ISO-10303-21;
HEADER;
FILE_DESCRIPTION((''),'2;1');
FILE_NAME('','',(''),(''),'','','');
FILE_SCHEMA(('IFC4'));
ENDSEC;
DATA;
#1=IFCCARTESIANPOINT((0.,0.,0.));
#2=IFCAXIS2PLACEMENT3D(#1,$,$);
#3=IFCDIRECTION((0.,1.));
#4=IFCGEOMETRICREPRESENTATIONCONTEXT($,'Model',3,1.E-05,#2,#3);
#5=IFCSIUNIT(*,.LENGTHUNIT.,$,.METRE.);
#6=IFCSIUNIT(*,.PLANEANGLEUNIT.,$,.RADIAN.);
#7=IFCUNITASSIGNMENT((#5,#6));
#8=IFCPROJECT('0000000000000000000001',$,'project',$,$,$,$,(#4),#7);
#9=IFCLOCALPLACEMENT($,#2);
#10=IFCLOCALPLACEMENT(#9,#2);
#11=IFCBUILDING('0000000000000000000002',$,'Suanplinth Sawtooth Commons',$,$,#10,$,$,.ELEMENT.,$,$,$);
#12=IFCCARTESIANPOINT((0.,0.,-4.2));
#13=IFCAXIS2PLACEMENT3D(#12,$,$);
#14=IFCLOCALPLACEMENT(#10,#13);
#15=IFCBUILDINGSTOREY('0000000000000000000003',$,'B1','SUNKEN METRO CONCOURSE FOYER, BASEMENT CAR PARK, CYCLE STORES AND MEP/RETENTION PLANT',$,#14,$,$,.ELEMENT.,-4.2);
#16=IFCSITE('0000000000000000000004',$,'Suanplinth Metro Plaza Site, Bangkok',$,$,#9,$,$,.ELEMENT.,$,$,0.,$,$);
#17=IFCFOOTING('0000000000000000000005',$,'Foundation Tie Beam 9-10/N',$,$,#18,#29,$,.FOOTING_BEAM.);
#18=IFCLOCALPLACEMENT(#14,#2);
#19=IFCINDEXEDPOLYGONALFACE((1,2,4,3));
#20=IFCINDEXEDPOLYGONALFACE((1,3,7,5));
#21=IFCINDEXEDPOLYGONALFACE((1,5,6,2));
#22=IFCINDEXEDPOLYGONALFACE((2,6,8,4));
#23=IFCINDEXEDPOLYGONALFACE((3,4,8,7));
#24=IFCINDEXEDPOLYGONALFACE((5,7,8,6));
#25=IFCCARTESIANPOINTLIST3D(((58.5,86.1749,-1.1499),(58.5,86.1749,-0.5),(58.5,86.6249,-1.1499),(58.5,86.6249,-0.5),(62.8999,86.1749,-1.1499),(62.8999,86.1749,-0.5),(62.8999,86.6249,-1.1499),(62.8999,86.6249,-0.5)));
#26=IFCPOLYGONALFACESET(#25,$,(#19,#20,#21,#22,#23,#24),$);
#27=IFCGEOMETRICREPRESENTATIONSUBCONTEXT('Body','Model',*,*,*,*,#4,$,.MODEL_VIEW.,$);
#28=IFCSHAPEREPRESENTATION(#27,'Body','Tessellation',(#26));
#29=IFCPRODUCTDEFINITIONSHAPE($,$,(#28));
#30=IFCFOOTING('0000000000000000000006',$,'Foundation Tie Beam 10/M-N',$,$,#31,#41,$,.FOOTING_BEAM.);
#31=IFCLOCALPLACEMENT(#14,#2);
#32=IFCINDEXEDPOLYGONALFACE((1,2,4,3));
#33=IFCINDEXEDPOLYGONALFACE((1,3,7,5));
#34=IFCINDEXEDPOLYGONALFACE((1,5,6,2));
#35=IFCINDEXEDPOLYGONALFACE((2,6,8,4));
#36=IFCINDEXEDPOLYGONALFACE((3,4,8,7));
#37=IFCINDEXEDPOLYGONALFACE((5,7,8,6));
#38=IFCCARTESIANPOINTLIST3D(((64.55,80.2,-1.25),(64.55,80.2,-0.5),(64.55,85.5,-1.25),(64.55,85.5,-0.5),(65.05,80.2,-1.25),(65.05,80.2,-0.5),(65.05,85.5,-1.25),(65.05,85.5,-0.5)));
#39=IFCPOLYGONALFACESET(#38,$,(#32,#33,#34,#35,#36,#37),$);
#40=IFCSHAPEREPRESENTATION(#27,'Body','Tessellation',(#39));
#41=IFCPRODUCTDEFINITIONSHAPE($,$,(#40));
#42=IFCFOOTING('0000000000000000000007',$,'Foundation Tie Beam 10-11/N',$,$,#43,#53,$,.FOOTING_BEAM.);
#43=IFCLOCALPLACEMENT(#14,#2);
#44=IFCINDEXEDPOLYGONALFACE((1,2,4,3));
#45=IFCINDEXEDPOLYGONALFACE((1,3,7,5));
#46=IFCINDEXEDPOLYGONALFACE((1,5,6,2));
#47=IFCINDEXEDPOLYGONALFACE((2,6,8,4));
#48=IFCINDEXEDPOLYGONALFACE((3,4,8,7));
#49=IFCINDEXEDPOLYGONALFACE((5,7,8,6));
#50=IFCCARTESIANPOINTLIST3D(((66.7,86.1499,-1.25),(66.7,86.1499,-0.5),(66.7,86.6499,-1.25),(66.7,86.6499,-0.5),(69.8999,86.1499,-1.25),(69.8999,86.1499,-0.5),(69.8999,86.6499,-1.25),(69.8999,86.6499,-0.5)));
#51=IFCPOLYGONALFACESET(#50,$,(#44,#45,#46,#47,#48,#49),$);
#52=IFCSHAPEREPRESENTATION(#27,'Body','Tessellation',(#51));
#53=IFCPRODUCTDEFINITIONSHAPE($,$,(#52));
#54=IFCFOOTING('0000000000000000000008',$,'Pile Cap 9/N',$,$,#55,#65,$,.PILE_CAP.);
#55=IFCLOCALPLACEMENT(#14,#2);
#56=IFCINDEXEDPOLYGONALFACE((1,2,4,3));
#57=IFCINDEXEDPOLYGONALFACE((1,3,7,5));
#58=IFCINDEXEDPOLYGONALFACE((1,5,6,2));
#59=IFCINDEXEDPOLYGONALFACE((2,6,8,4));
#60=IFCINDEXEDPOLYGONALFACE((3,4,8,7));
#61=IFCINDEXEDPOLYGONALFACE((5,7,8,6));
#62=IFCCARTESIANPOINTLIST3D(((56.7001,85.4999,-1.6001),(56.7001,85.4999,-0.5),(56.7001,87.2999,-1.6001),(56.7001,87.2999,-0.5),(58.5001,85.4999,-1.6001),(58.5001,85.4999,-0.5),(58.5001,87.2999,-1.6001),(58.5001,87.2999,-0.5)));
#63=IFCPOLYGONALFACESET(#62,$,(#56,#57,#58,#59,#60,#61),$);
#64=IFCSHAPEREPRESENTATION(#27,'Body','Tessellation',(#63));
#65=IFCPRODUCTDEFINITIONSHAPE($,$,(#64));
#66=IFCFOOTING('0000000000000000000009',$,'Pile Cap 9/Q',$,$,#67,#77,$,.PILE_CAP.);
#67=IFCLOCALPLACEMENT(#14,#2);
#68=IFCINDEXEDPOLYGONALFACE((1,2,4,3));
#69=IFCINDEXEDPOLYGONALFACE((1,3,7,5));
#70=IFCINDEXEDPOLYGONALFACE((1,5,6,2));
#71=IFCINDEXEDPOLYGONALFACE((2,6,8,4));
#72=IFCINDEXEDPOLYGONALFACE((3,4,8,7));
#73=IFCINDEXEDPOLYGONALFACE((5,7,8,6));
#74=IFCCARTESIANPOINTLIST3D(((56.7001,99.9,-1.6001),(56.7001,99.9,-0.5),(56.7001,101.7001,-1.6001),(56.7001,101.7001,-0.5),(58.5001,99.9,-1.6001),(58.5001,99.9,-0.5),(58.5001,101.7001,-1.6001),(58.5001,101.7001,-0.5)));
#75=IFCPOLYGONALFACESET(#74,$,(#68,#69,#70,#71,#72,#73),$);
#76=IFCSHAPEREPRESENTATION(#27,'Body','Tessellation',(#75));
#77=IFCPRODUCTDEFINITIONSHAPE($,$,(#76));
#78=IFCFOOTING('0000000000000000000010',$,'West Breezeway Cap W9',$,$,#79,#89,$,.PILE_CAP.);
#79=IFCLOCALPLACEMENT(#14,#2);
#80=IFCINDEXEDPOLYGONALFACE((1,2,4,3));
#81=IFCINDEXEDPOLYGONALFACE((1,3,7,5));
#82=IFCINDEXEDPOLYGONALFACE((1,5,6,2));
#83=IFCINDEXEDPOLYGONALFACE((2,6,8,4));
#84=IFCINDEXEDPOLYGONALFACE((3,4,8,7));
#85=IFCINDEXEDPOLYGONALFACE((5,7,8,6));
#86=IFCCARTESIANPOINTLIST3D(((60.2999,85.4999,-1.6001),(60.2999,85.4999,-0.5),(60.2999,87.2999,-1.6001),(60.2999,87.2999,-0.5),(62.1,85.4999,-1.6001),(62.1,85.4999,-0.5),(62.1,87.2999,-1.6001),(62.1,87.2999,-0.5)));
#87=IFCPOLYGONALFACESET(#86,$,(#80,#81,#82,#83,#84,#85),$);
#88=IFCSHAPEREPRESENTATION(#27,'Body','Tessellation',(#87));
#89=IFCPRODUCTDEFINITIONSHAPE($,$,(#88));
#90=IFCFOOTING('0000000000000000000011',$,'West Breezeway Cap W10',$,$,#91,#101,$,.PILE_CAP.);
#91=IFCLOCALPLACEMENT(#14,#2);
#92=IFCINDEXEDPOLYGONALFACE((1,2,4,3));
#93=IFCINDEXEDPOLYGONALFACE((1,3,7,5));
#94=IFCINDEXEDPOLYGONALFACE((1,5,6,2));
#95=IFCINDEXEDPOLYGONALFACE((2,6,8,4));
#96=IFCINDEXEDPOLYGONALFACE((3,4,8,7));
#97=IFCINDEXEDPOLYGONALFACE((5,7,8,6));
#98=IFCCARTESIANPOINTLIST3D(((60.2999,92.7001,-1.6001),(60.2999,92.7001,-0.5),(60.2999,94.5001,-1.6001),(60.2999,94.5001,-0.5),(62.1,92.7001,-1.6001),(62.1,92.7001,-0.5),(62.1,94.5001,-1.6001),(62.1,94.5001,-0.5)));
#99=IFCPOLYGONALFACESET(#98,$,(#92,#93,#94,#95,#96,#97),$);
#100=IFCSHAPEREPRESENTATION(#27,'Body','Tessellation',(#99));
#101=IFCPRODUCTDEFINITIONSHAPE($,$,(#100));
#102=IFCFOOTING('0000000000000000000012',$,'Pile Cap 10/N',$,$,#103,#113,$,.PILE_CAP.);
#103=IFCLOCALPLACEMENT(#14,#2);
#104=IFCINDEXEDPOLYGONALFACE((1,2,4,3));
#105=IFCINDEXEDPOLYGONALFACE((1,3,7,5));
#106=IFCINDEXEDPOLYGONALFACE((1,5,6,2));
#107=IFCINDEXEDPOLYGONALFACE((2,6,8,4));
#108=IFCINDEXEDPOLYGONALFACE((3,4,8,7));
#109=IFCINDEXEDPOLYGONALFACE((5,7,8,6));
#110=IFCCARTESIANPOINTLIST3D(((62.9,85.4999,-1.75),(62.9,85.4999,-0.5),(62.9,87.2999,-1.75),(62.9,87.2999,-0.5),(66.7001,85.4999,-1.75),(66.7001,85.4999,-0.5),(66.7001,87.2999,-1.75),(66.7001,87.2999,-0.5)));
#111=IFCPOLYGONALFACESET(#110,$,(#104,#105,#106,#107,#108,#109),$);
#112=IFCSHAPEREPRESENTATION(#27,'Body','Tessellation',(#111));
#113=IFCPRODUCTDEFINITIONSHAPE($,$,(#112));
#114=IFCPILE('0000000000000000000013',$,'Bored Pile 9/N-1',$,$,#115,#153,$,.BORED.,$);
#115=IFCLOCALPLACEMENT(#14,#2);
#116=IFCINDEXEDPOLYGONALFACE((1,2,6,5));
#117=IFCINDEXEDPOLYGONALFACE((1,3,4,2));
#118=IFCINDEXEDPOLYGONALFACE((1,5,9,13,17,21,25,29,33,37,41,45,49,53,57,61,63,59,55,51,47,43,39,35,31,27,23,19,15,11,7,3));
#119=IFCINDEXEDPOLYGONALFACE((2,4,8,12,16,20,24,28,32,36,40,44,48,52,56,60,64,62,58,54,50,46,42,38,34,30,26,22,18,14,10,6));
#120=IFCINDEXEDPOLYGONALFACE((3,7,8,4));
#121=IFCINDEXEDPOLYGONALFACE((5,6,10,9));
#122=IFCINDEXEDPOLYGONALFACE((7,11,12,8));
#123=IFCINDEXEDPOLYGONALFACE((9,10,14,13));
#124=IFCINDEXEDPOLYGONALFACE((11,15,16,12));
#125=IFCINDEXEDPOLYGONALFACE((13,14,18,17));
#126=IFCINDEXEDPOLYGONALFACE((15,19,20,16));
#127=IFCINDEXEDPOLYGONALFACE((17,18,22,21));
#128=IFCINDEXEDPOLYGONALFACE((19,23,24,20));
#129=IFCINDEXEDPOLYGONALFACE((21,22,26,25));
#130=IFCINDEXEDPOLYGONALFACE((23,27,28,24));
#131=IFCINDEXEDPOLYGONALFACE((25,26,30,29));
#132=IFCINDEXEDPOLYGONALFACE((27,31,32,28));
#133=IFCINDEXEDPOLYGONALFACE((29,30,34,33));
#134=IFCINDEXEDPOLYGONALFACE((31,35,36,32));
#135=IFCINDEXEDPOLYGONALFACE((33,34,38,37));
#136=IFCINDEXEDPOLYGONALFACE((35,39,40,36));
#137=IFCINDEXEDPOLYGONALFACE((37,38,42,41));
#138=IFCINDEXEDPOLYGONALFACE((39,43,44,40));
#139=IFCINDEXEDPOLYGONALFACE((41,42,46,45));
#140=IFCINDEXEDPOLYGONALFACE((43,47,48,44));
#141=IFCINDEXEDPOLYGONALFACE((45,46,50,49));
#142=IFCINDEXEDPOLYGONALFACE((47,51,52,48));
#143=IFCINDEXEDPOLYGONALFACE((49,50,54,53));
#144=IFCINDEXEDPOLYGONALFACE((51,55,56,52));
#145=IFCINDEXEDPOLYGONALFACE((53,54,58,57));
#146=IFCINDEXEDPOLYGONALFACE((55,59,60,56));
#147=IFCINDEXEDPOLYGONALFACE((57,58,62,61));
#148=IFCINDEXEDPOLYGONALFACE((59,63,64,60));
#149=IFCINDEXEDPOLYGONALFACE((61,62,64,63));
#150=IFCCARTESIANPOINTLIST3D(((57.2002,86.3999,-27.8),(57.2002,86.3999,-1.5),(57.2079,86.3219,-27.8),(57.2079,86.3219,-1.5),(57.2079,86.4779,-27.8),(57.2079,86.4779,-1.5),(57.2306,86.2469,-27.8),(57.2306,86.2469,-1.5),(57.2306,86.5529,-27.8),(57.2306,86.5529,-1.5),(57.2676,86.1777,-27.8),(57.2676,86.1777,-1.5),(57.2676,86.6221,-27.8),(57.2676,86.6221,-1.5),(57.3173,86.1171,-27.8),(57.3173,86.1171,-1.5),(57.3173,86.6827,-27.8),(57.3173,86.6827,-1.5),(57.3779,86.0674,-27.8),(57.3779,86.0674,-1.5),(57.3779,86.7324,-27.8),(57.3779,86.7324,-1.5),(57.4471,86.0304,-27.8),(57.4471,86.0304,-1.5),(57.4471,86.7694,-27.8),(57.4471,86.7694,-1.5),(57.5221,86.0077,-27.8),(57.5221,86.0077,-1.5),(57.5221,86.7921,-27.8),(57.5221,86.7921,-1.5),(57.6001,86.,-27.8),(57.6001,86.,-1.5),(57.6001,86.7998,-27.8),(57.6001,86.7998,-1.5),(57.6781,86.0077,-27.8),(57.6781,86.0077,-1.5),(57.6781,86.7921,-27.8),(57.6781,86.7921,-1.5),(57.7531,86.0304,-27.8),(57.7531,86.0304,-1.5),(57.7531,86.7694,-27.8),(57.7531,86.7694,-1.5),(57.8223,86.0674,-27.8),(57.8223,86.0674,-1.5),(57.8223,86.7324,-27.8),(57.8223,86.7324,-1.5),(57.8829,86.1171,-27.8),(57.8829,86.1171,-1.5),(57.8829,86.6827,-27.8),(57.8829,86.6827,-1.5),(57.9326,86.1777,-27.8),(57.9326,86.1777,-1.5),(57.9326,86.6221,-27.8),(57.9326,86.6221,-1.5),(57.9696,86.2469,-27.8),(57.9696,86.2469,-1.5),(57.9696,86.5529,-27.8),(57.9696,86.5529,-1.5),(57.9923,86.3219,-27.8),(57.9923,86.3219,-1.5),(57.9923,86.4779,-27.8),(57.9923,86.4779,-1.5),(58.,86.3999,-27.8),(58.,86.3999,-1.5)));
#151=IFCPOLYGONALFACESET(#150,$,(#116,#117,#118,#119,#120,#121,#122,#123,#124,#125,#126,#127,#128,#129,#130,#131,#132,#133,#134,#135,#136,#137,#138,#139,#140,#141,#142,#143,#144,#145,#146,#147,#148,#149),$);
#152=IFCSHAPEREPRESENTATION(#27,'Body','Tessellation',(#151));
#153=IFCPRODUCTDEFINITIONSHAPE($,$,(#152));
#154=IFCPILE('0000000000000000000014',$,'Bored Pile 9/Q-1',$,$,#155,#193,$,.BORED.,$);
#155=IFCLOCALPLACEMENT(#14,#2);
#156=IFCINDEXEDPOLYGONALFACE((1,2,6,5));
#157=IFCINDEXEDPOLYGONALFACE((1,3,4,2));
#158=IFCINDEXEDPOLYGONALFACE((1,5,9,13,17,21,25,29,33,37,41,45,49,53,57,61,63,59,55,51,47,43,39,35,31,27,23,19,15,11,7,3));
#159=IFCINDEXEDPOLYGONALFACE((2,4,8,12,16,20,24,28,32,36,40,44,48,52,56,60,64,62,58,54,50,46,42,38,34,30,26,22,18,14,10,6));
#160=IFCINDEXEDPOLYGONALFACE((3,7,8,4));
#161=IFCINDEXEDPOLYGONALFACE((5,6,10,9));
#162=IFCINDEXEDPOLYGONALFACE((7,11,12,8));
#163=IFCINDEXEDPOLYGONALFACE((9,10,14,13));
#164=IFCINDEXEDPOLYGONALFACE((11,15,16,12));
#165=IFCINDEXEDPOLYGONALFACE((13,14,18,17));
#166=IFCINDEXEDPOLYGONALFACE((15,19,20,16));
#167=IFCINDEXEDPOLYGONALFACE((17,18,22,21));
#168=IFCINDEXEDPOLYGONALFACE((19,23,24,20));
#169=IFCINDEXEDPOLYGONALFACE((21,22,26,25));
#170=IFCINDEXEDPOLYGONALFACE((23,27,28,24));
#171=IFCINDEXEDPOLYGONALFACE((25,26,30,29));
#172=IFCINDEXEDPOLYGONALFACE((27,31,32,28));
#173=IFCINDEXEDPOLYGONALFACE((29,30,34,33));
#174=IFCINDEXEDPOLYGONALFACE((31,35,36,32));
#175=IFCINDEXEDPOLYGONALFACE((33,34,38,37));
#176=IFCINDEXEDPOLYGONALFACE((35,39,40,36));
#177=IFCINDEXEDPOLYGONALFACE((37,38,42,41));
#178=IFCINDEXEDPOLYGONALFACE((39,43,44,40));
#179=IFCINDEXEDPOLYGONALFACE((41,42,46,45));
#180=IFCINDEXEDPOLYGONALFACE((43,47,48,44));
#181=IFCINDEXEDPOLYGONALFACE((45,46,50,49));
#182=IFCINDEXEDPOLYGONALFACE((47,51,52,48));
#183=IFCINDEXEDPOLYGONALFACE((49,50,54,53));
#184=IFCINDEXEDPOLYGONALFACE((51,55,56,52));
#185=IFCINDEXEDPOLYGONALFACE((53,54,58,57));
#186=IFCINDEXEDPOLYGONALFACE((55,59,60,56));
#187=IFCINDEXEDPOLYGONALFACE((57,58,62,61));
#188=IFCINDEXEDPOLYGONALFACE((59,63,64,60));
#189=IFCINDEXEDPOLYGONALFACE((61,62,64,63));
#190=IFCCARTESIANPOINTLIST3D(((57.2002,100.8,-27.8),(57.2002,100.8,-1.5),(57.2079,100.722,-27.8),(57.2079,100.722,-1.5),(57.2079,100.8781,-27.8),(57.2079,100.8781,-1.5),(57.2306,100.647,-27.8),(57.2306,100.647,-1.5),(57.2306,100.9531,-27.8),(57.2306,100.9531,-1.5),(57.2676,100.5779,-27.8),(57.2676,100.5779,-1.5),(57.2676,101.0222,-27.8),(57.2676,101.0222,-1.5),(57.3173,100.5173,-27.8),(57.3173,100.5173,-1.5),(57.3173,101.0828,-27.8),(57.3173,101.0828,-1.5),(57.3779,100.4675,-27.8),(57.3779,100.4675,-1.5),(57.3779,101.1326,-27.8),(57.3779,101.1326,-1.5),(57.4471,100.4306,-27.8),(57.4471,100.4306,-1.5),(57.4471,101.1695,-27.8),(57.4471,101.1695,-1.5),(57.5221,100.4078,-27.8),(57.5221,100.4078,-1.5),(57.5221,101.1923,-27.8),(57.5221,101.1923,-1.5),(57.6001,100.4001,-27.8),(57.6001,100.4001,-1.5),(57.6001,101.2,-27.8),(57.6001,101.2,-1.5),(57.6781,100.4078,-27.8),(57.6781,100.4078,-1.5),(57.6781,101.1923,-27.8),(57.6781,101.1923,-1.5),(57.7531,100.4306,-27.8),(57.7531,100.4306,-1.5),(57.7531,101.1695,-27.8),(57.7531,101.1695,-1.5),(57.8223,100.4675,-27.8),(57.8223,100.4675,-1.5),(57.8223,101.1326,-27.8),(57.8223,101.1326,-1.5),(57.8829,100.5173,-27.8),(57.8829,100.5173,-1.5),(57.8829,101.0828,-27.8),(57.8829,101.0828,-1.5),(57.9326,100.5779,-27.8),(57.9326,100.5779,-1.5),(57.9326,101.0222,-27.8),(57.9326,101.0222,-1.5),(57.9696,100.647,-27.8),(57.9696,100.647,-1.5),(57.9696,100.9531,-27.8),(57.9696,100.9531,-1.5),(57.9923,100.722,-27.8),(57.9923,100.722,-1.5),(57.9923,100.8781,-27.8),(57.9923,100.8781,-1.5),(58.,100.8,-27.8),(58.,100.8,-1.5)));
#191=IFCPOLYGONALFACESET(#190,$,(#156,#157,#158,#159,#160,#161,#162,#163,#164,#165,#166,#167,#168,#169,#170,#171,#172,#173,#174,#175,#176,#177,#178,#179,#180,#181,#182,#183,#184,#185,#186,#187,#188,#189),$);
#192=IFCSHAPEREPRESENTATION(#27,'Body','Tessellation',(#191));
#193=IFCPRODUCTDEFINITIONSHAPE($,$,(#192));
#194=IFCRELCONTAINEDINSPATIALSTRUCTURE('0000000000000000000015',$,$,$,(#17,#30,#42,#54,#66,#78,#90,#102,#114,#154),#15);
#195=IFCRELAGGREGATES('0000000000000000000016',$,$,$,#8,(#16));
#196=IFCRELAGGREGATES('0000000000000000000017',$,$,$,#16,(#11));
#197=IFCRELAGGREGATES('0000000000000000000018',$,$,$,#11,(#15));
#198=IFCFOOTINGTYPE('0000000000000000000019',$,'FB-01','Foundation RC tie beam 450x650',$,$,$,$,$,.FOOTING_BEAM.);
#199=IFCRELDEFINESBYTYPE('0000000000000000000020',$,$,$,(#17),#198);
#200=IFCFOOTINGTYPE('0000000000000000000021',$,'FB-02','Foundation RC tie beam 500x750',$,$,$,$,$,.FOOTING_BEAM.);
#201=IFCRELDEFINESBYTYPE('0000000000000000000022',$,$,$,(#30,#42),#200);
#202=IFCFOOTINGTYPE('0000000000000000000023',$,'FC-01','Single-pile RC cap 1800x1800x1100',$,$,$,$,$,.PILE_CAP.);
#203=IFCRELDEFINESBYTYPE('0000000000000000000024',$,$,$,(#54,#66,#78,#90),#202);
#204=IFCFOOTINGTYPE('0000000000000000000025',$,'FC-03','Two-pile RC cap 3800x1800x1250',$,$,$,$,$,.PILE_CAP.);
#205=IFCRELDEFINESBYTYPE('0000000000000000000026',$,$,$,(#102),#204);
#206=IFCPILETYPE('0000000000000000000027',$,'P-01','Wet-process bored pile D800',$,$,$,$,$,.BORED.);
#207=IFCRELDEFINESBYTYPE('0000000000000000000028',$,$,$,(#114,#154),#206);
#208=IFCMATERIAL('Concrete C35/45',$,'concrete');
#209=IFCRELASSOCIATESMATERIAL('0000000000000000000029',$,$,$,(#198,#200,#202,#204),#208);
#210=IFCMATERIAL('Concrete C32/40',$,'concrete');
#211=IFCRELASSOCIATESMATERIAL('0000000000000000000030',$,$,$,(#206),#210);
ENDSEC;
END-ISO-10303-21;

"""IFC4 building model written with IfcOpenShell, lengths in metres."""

from ifc_helpers import new_model, si_unit, direction, frame, origin, origin_2d, place, context, subcontext, project, spatial, rectangle, circle, extrude, material, material_profile, profile_set, type_object, element, save


model = new_model("IFC4")

# Units and contexts
model_context = context("Model", 3, precision=1e-05, world=origin(), true_north=direction((0.0, 1.0)))
body_context = subcontext(model_context, "Body", "Model", "MODEL_VIEW")
ifc_project = project(units=[si_unit("LENGTHUNIT", "METRE"), si_unit("PLANEANGLEUNIT", "RADIAN")], contexts=[model_context])

# Site, building, storey
site_placement = place(None, origin())
site = spatial("IfcSite", under=ifc_project, at=site_placement, Name="Suanplinth Metro Plaza Site, Bangkok", CompositionType="ELEMENT", RefElevation=0.0)
building_placement = place(site_placement, origin())
building = spatial("IfcBuilding", under=site, at=building_placement, Name="Suanplinth Sawtooth Commons", CompositionType="ELEMENT")
storey_placement = place(building_placement, frame((0.0, 0.0, -4.2)))
storey = spatial("IfcBuildingStorey", under=building, at=storey_placement, Name="B1", Description="SUNKEN METRO CONCOURSE FOYER, BASEMENT CAR PARK, CYCLE STORES AND MEP/RETENTION PLANT", CompositionType="ELEMENT", Elevation=-4.2)

# Footings
ifc_material_1 = material(Name="Concrete C35/45", Category="concrete")
ifc_material_profile_1 = material_profile(ifc_material_1, rectangle(XDim=0.45, YDim=0.6499, at=origin_2d()), Name="PC-GDR 450x650")
ifc_profile_set_1 = profile_set([ifc_material_profile_1], Name="Concrete C35/45")
footing_type_1 = type_object("IfcFootingType", Name="FB-01", Description="Foundation RC tie beam 450x650", PredefinedType="FOOTING_BEAM", material=ifc_profile_set_1)
footing_1_placement = place(storey_placement, frame((58.5, 86.3999, -0.825), z_axis=(1.0, 0.0, 0.0), x_axis=(0.0, 1.0, 0.0)))
element("IfcFooting", 1, at=footing_1_placement, inside=storey, type_object=footing_type_1, Name="Foundation Tie Beam 9-10/N", PredefinedType="FOOTING_BEAM", context=body_context, shape_type="SweptSolid", body=[
    extrude(rectangle(XDim=0.45, YDim=0.6499, at=origin_2d()), origin(), (0.0, 0.0, 1.0), 4.3999),
])
ifc_material_profile_2 = material_profile(ifc_material_1, rectangle(XDim=0.5, YDim=0.75, at=origin_2d()), Name="RC-GDR 500x750")
ifc_profile_set_2 = profile_set([ifc_material_profile_2], Name="Concrete C35/45")
footing_type_2 = type_object("IfcFootingType", Name="FB-02", Description="Foundation RC tie beam 500x750", PredefinedType="FOOTING_BEAM", material=ifc_profile_set_2)
footing_2_placement = place(storey_placement, frame((64.8, 80.2, -0.875), z_axis=(0.0, 1.0, 0.0), x_axis=(-1.0, 0.0, 0.0)))
element("IfcFooting", 2, at=footing_2_placement, inside=storey, type_object=footing_type_2, Name="Foundation Tie Beam 10/M-N", PredefinedType="FOOTING_BEAM", context=body_context, shape_type="SweptSolid", body=[
    extrude(rectangle(XDim=0.5, YDim=0.75, at=origin_2d()), origin(), (0.0, 0.0, 1.0), 5.3),
])
footing_3_placement = place(storey_placement, frame((66.7, 86.3999, -0.875), z_axis=(1.0, 0.0, 0.0), x_axis=(0.0, 1.0, 0.0)))
element("IfcFooting", 3, at=footing_3_placement, inside=storey, type_object=footing_type_2, Name="Foundation Tie Beam 10-11/N", PredefinedType="FOOTING_BEAM", context=body_context, shape_type="SweptSolid", body=[
    extrude(rectangle(XDim=0.5, YDim=0.75, at=origin_2d()), origin(), (0.0, 0.0, 1.0), 3.2),
])
footing_type_3 = type_object("IfcFootingType", Name="FC-01", Description="Single-pile RC cap 1800x1800x1100", PredefinedType="PILE_CAP", material=ifc_material_1)
for number, where, z_axis, x_axis, name in (
    (4, (57.6001, 86.3999, -1.6001), (0.0, 0.0, 1.0), (1.0, 0.0, 0.0), "Pile Cap 9/N"),
    (5, (57.6001, 100.8, -1.6001), (0.0, 0.0, 1.0), (1.0, 0.0, 0.0), "Pile Cap 9/Q"),
    (6, (61.2, 86.3999, -1.6001), (0.0, 0.0, 1.0), (1.0, 0.0, 0.0), "West Breezeway Cap W9"),
    (7, (61.2, 93.6001, -1.6001), (0.0, 0.0, 1.0), (1.0, 0.0, 0.0), "West Breezeway Cap W10"),
):
    element("IfcFooting", number, at=place(storey_placement, frame(where, z_axis=z_axis, x_axis=x_axis)), inside=storey, type_object=footing_type_3, Name=name, PredefinedType="PILE_CAP", context=body_context, shape_type="SweptSolid", body=[
        extrude(rectangle(XDim=1.8, YDim=1.8, at=origin_2d()), origin(), (0.0, 0.0, 1.0), 1.1001),
    ])
footing_type_4 = type_object("IfcFootingType", Name="FC-03", Description="Two-pile RC cap 3800x1800x1250", PredefinedType="PILE_CAP", material=ifc_material_1)
footing_4_placement = place(storey_placement, frame((64.8, 86.3999, -1.75), z_axis=(0.0, 0.0, 1.0), x_axis=(1.0, 0.0, 0.0)))
element("IfcFooting", 8, at=footing_4_placement, inside=storey, type_object=footing_type_4, Name="Pile Cap 10/N", PredefinedType="PILE_CAP", context=body_context, shape_type="SweptSolid", body=[
    extrude(rectangle(XDim=3.8, YDim=1.8, at=origin_2d()), origin(), (0.0, 0.0, 1.0), 1.25),
])

# Piles
ifc_material_2 = material(Name="Concrete C32/40", Category="concrete")
ifc_material_profile_3 = material_profile(ifc_material_2, circle(Radius=0.3999, at=origin_2d()), Name="PILE D800")
ifc_profile_set_3 = profile_set([ifc_material_profile_3], Name="Concrete C32/40")
pile_type = type_object("IfcPileType", Name="P-01", Description="Wet-process bored pile D800", PredefinedType="BORED", material=ifc_profile_set_3)
for number, where, z_axis, x_axis, name in (
    (9, (57.6001, 86.3999, -1.5), (0.0, 0.0, -1.0), (1.0, 0.0, 0.0), "Bored Pile 9/N-1"),
    (10, (57.6001, 100.8, -1.5), (0.0, 0.0, -1.0), (1.0, 0.0, 0.0), "Bored Pile 9/Q-1"),
):
    element("IfcPile", number, at=place(storey_placement, frame(where, z_axis=z_axis, x_axis=x_axis)), inside=storey, type_object=pile_type, Name=name, PredefinedType="BORED", context=body_context, shape_type="SweptSolid", body=[
        extrude(circle(Radius=0.3999, at=origin_2d()), origin(), (0.0, 0.0, 1.0), 26.3),
    ])

save(model, "model.ifc")
